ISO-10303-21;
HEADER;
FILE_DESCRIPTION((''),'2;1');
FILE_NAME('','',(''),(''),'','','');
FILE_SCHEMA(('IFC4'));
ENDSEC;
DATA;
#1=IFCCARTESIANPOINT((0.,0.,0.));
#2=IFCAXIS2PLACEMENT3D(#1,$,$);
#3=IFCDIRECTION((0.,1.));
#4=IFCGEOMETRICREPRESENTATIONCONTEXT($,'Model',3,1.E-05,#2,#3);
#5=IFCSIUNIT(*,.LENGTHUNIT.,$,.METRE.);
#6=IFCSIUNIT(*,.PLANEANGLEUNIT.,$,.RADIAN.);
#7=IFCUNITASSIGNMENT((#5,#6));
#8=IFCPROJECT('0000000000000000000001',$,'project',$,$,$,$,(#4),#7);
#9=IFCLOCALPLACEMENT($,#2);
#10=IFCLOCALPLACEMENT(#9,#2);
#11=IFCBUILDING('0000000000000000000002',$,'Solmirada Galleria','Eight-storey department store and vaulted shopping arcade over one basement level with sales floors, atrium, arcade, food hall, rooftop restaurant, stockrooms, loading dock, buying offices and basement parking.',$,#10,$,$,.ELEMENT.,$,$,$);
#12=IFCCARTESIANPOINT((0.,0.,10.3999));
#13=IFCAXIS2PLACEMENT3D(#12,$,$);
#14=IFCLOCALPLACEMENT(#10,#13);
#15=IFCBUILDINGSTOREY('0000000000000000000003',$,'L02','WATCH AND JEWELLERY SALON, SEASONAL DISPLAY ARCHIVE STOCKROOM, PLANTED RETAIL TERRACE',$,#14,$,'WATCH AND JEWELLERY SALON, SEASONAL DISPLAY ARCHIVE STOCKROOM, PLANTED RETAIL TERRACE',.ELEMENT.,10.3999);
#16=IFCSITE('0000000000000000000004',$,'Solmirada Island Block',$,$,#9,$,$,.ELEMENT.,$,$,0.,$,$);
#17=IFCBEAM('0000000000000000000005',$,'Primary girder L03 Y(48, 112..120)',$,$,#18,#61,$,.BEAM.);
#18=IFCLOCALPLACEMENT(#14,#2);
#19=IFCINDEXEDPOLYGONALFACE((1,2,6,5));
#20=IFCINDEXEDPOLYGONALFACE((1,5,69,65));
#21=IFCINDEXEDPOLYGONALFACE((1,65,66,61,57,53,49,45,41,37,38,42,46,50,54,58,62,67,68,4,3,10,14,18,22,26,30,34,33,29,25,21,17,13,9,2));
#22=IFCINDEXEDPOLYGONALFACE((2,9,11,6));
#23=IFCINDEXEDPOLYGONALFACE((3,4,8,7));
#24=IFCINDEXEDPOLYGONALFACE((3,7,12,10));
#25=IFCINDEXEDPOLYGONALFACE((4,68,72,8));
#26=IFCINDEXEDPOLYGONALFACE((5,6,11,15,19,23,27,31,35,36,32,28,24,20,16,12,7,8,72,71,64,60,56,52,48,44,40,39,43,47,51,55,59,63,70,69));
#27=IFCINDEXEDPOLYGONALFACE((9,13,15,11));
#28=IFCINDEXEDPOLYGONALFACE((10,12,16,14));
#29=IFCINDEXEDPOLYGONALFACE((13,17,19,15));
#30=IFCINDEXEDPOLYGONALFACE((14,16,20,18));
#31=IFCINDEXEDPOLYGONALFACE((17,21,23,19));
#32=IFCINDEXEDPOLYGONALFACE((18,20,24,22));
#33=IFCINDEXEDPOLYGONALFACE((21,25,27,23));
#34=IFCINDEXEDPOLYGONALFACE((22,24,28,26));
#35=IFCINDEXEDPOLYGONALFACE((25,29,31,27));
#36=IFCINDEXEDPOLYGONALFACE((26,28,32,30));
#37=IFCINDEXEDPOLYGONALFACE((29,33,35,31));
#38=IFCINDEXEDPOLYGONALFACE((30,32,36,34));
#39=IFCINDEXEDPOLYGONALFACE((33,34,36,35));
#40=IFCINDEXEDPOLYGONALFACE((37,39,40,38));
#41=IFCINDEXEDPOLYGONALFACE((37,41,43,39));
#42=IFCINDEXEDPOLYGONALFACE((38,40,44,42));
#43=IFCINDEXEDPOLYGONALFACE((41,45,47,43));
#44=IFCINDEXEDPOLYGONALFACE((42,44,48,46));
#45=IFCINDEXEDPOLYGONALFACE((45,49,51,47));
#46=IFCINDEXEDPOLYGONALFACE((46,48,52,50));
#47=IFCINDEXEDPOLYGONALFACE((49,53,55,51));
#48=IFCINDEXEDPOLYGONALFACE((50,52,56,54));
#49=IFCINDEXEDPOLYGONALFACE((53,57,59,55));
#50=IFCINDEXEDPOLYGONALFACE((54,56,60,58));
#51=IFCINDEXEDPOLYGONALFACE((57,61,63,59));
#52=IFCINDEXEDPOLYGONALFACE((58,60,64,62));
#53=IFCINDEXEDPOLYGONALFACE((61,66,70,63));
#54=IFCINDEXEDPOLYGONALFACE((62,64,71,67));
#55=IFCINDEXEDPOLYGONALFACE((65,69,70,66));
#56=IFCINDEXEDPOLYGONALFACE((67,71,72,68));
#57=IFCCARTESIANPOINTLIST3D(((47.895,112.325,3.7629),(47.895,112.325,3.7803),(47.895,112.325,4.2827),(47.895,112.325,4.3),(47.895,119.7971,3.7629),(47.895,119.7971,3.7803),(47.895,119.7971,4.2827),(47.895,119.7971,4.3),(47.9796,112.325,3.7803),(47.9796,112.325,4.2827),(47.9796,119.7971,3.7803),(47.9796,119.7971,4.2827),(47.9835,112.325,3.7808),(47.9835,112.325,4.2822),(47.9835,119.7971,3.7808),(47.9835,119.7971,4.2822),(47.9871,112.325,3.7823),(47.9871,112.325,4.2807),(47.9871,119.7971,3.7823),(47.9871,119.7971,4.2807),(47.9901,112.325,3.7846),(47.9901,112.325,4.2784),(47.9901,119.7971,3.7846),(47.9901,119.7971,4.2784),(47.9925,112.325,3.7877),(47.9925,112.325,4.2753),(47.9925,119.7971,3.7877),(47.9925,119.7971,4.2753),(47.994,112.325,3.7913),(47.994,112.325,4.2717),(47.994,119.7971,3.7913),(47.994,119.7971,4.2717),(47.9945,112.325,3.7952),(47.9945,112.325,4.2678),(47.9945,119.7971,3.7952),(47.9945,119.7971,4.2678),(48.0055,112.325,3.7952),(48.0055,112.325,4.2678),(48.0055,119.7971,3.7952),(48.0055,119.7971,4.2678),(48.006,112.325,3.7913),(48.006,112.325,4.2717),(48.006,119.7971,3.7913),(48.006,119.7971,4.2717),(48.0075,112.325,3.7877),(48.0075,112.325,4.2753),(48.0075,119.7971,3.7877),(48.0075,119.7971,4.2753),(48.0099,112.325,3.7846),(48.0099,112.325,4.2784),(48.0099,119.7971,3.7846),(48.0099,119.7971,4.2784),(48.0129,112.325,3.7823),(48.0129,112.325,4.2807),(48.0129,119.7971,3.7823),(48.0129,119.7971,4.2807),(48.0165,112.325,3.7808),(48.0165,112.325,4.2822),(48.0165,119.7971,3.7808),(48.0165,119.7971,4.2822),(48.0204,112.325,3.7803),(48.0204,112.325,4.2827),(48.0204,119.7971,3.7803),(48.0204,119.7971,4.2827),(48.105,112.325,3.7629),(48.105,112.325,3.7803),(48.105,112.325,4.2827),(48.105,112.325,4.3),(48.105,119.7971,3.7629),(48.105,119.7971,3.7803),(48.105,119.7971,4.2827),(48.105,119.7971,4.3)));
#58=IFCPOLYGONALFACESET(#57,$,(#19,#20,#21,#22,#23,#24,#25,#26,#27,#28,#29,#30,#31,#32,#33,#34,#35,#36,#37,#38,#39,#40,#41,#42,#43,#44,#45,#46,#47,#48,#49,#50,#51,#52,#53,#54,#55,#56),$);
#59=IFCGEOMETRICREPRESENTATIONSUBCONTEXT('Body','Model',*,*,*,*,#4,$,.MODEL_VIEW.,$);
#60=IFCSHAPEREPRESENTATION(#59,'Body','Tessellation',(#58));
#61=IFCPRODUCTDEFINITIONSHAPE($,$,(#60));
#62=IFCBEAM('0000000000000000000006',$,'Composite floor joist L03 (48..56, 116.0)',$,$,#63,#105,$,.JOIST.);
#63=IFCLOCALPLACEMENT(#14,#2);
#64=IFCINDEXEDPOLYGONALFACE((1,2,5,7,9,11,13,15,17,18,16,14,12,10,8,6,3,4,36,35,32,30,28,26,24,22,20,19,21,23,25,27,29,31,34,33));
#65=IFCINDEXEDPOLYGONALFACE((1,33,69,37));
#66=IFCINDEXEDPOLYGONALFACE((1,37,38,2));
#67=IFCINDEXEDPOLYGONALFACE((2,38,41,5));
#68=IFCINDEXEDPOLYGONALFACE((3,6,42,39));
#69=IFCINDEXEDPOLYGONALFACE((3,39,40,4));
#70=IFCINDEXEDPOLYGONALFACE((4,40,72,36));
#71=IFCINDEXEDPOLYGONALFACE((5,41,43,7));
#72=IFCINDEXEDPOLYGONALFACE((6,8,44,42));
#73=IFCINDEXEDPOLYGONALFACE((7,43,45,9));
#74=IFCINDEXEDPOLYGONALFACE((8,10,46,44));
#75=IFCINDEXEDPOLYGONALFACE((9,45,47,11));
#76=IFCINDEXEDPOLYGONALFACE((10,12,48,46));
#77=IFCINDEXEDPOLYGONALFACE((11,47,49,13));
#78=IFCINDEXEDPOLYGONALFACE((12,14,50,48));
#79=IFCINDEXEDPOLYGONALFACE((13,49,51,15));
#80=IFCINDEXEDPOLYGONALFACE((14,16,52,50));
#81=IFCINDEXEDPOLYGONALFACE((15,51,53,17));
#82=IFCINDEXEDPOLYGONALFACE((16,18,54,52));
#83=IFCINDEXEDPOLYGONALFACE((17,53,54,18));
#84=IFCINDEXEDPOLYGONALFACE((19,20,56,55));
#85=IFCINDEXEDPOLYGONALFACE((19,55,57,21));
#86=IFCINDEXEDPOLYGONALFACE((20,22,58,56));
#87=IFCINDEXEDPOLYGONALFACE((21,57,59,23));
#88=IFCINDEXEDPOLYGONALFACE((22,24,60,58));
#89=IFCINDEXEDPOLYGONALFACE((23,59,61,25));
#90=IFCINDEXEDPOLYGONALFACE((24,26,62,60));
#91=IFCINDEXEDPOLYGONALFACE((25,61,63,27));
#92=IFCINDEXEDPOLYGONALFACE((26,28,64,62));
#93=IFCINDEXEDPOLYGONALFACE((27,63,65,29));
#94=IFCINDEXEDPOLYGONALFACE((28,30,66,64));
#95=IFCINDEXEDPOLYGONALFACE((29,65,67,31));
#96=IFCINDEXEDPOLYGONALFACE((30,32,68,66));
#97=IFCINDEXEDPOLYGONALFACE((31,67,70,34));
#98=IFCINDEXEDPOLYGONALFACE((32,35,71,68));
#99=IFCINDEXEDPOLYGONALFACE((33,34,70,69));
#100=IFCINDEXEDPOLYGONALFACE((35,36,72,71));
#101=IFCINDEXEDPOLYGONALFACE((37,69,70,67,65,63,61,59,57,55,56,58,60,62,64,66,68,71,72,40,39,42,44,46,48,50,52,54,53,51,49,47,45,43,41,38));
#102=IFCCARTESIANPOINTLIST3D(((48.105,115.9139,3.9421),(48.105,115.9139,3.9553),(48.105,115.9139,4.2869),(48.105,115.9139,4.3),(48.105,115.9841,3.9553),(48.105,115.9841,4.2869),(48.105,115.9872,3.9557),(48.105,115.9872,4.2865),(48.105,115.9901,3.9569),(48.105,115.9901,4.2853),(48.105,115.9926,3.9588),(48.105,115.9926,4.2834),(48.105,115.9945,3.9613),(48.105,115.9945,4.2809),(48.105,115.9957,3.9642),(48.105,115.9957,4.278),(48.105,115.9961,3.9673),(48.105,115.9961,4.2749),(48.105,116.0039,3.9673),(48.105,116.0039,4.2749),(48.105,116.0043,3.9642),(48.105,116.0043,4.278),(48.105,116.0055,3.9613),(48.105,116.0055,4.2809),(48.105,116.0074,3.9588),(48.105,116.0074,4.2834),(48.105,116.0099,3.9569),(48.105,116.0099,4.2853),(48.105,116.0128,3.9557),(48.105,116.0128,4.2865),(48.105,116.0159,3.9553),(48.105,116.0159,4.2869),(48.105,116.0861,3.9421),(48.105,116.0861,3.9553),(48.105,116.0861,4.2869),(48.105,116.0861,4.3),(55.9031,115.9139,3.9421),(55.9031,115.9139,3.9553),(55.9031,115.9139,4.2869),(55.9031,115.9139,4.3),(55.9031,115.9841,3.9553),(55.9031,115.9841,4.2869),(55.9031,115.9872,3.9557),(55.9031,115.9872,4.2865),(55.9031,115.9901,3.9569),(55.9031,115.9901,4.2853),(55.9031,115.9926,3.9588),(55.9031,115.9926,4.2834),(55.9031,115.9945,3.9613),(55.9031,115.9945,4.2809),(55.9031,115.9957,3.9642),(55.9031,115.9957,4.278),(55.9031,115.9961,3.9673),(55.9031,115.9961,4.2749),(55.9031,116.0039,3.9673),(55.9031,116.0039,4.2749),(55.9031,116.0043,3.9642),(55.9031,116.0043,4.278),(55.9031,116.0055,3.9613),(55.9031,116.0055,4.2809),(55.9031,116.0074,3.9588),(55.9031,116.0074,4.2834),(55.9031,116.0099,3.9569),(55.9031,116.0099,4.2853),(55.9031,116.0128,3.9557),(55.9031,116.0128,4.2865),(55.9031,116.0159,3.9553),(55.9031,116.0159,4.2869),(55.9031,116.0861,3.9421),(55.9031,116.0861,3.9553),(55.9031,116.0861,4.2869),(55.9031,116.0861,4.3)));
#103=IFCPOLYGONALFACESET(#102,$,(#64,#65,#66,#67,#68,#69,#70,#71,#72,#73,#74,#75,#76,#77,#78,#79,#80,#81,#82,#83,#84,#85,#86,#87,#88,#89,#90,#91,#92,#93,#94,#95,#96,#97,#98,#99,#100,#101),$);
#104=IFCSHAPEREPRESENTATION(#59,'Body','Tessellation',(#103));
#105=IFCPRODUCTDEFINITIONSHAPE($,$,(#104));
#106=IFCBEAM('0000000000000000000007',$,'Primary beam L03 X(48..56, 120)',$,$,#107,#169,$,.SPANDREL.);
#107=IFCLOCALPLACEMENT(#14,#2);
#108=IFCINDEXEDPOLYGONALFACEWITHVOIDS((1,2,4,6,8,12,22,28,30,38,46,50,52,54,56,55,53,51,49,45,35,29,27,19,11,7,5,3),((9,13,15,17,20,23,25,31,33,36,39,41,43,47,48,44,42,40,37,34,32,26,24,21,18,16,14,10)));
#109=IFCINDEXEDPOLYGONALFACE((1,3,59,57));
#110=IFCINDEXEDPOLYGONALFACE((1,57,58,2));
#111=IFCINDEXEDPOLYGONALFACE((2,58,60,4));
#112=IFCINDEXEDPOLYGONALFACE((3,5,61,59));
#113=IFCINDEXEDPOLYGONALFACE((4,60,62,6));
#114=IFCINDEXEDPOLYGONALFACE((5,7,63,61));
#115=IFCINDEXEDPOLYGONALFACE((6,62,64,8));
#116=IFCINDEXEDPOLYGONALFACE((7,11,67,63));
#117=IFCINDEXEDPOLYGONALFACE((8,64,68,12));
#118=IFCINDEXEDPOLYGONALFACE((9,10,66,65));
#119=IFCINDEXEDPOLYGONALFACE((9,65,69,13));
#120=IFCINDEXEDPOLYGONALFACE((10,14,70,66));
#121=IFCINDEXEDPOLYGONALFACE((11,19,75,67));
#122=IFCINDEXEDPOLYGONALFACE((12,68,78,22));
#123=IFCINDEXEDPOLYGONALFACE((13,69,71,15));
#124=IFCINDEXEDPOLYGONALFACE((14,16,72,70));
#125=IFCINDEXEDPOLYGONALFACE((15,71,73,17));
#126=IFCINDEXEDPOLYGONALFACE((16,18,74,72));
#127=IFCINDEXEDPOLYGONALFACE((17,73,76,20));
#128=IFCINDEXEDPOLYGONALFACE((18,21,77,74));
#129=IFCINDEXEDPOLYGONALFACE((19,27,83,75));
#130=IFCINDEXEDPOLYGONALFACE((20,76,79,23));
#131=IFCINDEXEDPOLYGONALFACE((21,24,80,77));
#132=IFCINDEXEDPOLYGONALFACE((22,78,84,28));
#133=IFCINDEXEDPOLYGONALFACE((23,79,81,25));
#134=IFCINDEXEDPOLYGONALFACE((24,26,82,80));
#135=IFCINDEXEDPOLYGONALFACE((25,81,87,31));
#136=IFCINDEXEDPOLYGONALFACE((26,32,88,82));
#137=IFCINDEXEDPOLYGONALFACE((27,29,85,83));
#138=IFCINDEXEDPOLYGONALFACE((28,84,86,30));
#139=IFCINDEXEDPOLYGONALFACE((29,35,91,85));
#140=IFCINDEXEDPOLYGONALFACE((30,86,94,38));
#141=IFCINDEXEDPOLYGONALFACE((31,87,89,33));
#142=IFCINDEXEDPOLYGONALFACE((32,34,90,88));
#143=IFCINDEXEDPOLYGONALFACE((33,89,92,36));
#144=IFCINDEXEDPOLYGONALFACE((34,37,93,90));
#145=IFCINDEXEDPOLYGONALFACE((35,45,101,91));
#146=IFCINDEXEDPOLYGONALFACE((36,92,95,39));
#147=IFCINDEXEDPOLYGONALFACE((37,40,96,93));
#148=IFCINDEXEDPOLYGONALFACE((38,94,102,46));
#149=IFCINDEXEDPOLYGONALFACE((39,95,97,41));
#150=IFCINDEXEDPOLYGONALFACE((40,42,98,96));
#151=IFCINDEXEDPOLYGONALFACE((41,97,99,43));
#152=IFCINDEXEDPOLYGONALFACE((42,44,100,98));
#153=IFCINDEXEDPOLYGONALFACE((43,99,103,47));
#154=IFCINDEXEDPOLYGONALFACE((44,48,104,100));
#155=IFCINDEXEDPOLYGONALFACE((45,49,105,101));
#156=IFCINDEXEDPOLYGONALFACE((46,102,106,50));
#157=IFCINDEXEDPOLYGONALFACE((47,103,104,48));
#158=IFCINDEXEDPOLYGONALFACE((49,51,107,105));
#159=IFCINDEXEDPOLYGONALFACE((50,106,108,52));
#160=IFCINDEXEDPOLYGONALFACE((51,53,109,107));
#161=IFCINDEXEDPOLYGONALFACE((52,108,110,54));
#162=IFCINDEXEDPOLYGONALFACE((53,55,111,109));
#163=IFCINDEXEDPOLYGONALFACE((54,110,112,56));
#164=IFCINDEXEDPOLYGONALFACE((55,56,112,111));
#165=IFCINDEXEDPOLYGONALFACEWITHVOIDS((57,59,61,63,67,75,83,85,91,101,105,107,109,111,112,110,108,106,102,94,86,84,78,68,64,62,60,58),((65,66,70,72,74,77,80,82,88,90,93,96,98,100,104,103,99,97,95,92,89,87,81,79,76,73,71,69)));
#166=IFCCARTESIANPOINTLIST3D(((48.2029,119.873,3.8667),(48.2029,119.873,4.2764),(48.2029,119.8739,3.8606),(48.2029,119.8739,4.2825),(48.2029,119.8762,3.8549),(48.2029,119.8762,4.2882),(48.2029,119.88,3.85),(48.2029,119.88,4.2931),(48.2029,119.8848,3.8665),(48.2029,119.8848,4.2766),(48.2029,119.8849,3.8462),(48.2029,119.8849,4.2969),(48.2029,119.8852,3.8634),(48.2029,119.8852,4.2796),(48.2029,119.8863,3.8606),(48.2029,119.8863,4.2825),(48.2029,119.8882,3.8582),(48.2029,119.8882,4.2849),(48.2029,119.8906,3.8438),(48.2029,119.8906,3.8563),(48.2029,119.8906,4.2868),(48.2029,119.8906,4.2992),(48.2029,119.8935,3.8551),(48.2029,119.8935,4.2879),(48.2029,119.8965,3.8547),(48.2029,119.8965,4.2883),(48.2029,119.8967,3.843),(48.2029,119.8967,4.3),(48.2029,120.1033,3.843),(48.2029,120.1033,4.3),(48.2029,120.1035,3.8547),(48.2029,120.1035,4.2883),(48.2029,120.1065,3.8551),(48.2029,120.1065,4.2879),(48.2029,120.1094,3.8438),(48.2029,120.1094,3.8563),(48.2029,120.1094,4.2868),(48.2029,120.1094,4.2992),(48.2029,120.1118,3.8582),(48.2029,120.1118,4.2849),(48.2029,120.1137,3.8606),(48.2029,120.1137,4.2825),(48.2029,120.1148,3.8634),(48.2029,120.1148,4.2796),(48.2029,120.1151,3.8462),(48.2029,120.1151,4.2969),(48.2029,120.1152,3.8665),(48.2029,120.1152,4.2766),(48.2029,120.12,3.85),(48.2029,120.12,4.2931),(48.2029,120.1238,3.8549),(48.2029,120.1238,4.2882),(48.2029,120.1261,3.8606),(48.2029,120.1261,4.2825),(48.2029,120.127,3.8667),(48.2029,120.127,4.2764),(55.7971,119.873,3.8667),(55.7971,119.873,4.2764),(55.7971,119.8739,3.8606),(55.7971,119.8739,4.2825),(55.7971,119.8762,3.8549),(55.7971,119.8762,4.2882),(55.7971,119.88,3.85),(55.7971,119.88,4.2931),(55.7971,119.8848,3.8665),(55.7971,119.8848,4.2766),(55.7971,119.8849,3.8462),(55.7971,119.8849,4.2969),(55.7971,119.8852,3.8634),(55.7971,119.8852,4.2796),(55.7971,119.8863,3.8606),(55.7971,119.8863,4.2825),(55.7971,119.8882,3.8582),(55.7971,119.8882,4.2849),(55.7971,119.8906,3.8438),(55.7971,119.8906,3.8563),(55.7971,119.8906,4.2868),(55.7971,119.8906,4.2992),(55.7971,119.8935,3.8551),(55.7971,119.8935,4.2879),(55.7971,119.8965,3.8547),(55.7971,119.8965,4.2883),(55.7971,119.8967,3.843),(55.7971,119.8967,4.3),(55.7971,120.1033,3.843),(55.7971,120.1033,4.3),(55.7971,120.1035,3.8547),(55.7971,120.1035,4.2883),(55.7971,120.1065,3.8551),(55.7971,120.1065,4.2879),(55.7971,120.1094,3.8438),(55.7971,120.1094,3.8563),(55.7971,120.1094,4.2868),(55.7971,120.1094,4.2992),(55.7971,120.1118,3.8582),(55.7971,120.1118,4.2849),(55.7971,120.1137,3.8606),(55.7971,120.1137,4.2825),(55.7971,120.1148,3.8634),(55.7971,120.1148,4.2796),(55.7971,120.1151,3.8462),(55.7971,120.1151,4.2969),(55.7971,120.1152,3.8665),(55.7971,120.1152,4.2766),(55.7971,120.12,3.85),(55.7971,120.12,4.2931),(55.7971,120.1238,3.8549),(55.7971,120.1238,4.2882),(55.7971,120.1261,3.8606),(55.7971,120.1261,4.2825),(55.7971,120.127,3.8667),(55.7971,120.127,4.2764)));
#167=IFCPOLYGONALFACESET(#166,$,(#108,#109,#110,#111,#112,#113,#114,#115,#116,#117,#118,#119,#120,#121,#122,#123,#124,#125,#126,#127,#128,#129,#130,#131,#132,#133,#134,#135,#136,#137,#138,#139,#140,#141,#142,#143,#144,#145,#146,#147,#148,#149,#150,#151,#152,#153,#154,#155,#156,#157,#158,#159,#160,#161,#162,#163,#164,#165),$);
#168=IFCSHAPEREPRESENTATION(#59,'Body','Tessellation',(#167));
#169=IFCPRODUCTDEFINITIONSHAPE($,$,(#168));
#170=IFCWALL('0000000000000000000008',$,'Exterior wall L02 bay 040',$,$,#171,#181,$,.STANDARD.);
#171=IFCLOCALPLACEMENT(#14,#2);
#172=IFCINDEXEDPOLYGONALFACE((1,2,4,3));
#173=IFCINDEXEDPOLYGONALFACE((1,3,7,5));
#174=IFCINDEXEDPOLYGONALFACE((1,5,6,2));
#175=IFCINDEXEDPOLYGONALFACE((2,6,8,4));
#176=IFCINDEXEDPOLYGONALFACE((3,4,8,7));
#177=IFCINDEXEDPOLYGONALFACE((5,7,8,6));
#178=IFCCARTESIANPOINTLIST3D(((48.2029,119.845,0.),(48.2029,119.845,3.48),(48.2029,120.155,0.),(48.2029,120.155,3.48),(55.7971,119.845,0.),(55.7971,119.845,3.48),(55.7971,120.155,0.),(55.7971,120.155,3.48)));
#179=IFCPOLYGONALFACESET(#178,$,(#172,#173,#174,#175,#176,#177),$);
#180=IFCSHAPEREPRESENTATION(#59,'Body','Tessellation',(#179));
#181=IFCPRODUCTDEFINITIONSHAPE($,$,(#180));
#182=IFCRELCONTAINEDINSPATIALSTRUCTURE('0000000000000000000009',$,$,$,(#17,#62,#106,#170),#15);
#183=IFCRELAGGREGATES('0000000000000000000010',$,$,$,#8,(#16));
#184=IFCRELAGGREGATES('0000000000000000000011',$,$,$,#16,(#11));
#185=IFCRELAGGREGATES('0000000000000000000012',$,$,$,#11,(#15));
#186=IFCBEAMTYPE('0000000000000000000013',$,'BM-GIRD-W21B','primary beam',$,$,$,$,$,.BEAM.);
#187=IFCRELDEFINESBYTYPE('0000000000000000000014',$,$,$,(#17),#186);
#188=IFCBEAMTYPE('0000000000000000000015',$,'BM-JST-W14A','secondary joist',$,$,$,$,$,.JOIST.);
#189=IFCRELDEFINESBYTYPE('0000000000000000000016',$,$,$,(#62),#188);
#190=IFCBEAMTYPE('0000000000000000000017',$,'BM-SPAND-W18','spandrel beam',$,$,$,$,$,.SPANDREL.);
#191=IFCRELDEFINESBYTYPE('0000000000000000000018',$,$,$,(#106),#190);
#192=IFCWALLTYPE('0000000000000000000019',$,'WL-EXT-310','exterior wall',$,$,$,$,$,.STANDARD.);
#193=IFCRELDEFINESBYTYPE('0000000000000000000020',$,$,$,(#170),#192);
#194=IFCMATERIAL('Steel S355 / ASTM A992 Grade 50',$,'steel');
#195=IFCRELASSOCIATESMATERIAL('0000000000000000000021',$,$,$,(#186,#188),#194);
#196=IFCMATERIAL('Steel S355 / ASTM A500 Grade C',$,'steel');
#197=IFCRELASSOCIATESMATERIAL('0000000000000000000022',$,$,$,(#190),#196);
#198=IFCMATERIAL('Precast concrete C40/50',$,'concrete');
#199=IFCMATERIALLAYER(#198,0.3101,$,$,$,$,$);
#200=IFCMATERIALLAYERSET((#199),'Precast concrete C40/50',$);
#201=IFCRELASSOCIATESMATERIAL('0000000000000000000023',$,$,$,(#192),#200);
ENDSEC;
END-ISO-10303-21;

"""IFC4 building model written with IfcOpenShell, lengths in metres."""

from ifc_helpers import new_model, si_unit, direction, frame, frame_2d, origin, origin_2d, place, context, subcontext, project, spatial, rectangle, hollow_rectangle, i_section, extrude, material, layer, layer_set, material_profile, profile_set, type_object, element, save


model = new_model("IFC4")

# Units and contexts
model_context = context("Model", 3, precision=1e-05, world=origin(), true_north=direction((0.0, 1.0)))
body_context = subcontext(model_context, "Body", "Model", "MODEL_VIEW")
ifc_project = project(units=[si_unit("LENGTHUNIT", "METRE"), si_unit("PLANEANGLEUNIT", "RADIAN")], contexts=[model_context])

# Site, building, storey
site_placement = place(None, origin())
site = spatial("IfcSite", under=ifc_project, at=site_placement, Name="Solmirada Island Block", CompositionType="ELEMENT", RefElevation=0.0)
building_placement = place(site_placement, origin())
building = spatial("IfcBuilding", under=site, at=building_placement, Name="Solmirada Galleria", Description="Eight-storey department store and vaulted shopping arcade over one basement level with sales floors, atrium, arcade, food hall, rooftop restaurant, stockrooms, loading dock, buying offices and basement parking.", CompositionType="ELEMENT")
storey_placement = place(building_placement, frame((0.0, 0.0, 10.3999)))
storey = spatial("IfcBuildingStorey", under=building, at=storey_placement, Name="L02", Description="WATCH AND JEWELLERY SALON, SEASONAL DISPLAY ARCHIVE STOCKROOM, PLANTED RETAIL TERRACE", LongName="WATCH AND JEWELLERY SALON, SEASONAL DISPLAY ARCHIVE STOCKROOM, PLANTED RETAIL TERRACE", CompositionType="ELEMENT", Elevation=10.3999)

# Shared definitions
ifc_material_1 = material(Name="Steel S355 / ASTM A500 Grade C", Category="steel")
ifc_material_2 = material(Name="Precast concrete C40/50", Category="concrete")

# Beams
ifc_material_3 = material(Name="Steel S355 / ASTM A992 Grade 50", Category="steel")
ifc_material_profile_1 = material_profile(ifc_material_3, i_section(OverallWidth=0.21, OverallDepth=0.5371, WebThickness=0.011, FlangeThickness=0.0173, FilletRadius=0.0149, at=origin_2d()), Name="W21X68")
ifc_profile_set_1 = profile_set([ifc_material_profile_1], Name="Steel S355 / ASTM A992 Grade 50")
beam_type_1 = type_object("IfcBeamType", Name="BM-GIRD-W21B", Description="primary beam", PredefinedType="BEAM", material=ifc_profile_set_1)
beam_1_placement = place(storey_placement, frame((48.0, 112.325, 4.0315), z_axis=(0.0, 1.0, 0.0), x_axis=(-1.0, 0.0, 0.0)))
element("IfcBeam", 1, at=beam_1_placement, inside=storey, type_object=beam_type_1, Name="Primary girder L03 Y(48, 112..120)", PredefinedType="BEAM", context=body_context, shape_type="SweptSolid", body=[
    extrude(i_section(OverallWidth=0.21, OverallDepth=0.5371, WebThickness=0.011, FlangeThickness=0.0173, FilletRadius=0.0149, at=origin_2d()), origin(), (0.0, 0.0, 1.0), 7.4722),
])
ifc_material_profile_2 = material_profile(ifc_material_3, i_section(OverallWidth=0.1721, OverallDepth=0.3579, WebThickness=0.0078, FlangeThickness=0.0132, FilletRadius=0.012, at=origin_2d()), Name="W14X38")
ifc_profile_set_2 = profile_set([ifc_material_profile_2], Name="Steel S355 / ASTM A992 Grade 50")
beam_type_2 = type_object("IfcBeamType", Name="BM-JST-W14A", Description="secondary joist", PredefinedType="JOIST", material=ifc_profile_set_2)
beam_2_placement = place(storey_placement, frame((48.105, 116.0, 4.1211), z_axis=(1.0, 0.0, 0.0), x_axis=(0.0, 1.0, 0.0)))
element("IfcBeam", 2, at=beam_2_placement, inside=storey, type_object=beam_type_2, Name="Composite floor joist L03 (48..56, 116.0)", PredefinedType="JOIST", context=body_context, shape_type="SweptSolid", body=[
    extrude(i_section(OverallWidth=0.1721, OverallDepth=0.3579, WebThickness=0.0078, FlangeThickness=0.0132, FilletRadius=0.012, at=origin_2d()), origin(), (0.0, 0.0, 1.0), 7.7981),
])
ifc_material_profile_3 = material_profile(ifc_material_1, hollow_rectangle(XDim=0.2539, YDim=0.457, WallThickness=0.0117, InnerFilletRadius=0.0117, OuterFilletRadius=0.0237, at=origin_2d()), Name="HSS18X10X1/2")
ifc_profile_set_3 = profile_set([ifc_material_profile_3], Name="Steel S355 / ASTM A500 Grade C")
beam_type_3 = type_object("IfcBeamType", Name="BM-SPAND-W18", Description="spandrel beam", PredefinedType="SPANDREL", material=ifc_profile_set_3)
beam_3_placement = place(storey_placement, frame((48.2029, 120.0, 4.0715), z_axis=(1.0, 0.0, 0.0), x_axis=(0.0, 1.0, 0.0)))
element("IfcBeam", 3, at=beam_3_placement, inside=storey, type_object=beam_type_3, Name="Primary beam L03 X(48..56, 120)", PredefinedType="SPANDREL", context=body_context, shape_type="SweptSolid", body=[
    extrude(hollow_rectangle(XDim=0.2539, YDim=0.457, WallThickness=0.0117, InnerFilletRadius=0.0117, OuterFilletRadius=0.0237, at=origin_2d()), origin(), (0.0, 0.0, 1.0), 7.5942),
])

# Wall
ifc_layer_1 = layer(ifc_material_2, 0.3101)
ifc_layer_set_1 = layer_set([ifc_layer_1], Name="Precast concrete C40/50")
wall_type_1 = type_object("IfcWallType", Name="WL-EXT-310", Description="exterior wall", PredefinedType="STANDARD", material=ifc_layer_set_1)
wall_1_placement = place(storey_placement, frame((48.2029, 120.0, 0.0), z_axis=(0.0, 0.0, 1.0), x_axis=(1.0, 0.0, 0.0)))
element("IfcWall", 4, at=wall_1_placement, inside=storey, type_object=wall_type_1, Name="Exterior wall L02 bay 040", PredefinedType="STANDARD", context=body_context, shape_type="SweptSolid", body=[
    extrude(rectangle(XDim=7.5942, YDim=0.3101, at=frame_2d((3.7971, 0.0))), origin(), (0.0, 0.0, 1.0), 3.48),
])

save(model, "model.ifc")
